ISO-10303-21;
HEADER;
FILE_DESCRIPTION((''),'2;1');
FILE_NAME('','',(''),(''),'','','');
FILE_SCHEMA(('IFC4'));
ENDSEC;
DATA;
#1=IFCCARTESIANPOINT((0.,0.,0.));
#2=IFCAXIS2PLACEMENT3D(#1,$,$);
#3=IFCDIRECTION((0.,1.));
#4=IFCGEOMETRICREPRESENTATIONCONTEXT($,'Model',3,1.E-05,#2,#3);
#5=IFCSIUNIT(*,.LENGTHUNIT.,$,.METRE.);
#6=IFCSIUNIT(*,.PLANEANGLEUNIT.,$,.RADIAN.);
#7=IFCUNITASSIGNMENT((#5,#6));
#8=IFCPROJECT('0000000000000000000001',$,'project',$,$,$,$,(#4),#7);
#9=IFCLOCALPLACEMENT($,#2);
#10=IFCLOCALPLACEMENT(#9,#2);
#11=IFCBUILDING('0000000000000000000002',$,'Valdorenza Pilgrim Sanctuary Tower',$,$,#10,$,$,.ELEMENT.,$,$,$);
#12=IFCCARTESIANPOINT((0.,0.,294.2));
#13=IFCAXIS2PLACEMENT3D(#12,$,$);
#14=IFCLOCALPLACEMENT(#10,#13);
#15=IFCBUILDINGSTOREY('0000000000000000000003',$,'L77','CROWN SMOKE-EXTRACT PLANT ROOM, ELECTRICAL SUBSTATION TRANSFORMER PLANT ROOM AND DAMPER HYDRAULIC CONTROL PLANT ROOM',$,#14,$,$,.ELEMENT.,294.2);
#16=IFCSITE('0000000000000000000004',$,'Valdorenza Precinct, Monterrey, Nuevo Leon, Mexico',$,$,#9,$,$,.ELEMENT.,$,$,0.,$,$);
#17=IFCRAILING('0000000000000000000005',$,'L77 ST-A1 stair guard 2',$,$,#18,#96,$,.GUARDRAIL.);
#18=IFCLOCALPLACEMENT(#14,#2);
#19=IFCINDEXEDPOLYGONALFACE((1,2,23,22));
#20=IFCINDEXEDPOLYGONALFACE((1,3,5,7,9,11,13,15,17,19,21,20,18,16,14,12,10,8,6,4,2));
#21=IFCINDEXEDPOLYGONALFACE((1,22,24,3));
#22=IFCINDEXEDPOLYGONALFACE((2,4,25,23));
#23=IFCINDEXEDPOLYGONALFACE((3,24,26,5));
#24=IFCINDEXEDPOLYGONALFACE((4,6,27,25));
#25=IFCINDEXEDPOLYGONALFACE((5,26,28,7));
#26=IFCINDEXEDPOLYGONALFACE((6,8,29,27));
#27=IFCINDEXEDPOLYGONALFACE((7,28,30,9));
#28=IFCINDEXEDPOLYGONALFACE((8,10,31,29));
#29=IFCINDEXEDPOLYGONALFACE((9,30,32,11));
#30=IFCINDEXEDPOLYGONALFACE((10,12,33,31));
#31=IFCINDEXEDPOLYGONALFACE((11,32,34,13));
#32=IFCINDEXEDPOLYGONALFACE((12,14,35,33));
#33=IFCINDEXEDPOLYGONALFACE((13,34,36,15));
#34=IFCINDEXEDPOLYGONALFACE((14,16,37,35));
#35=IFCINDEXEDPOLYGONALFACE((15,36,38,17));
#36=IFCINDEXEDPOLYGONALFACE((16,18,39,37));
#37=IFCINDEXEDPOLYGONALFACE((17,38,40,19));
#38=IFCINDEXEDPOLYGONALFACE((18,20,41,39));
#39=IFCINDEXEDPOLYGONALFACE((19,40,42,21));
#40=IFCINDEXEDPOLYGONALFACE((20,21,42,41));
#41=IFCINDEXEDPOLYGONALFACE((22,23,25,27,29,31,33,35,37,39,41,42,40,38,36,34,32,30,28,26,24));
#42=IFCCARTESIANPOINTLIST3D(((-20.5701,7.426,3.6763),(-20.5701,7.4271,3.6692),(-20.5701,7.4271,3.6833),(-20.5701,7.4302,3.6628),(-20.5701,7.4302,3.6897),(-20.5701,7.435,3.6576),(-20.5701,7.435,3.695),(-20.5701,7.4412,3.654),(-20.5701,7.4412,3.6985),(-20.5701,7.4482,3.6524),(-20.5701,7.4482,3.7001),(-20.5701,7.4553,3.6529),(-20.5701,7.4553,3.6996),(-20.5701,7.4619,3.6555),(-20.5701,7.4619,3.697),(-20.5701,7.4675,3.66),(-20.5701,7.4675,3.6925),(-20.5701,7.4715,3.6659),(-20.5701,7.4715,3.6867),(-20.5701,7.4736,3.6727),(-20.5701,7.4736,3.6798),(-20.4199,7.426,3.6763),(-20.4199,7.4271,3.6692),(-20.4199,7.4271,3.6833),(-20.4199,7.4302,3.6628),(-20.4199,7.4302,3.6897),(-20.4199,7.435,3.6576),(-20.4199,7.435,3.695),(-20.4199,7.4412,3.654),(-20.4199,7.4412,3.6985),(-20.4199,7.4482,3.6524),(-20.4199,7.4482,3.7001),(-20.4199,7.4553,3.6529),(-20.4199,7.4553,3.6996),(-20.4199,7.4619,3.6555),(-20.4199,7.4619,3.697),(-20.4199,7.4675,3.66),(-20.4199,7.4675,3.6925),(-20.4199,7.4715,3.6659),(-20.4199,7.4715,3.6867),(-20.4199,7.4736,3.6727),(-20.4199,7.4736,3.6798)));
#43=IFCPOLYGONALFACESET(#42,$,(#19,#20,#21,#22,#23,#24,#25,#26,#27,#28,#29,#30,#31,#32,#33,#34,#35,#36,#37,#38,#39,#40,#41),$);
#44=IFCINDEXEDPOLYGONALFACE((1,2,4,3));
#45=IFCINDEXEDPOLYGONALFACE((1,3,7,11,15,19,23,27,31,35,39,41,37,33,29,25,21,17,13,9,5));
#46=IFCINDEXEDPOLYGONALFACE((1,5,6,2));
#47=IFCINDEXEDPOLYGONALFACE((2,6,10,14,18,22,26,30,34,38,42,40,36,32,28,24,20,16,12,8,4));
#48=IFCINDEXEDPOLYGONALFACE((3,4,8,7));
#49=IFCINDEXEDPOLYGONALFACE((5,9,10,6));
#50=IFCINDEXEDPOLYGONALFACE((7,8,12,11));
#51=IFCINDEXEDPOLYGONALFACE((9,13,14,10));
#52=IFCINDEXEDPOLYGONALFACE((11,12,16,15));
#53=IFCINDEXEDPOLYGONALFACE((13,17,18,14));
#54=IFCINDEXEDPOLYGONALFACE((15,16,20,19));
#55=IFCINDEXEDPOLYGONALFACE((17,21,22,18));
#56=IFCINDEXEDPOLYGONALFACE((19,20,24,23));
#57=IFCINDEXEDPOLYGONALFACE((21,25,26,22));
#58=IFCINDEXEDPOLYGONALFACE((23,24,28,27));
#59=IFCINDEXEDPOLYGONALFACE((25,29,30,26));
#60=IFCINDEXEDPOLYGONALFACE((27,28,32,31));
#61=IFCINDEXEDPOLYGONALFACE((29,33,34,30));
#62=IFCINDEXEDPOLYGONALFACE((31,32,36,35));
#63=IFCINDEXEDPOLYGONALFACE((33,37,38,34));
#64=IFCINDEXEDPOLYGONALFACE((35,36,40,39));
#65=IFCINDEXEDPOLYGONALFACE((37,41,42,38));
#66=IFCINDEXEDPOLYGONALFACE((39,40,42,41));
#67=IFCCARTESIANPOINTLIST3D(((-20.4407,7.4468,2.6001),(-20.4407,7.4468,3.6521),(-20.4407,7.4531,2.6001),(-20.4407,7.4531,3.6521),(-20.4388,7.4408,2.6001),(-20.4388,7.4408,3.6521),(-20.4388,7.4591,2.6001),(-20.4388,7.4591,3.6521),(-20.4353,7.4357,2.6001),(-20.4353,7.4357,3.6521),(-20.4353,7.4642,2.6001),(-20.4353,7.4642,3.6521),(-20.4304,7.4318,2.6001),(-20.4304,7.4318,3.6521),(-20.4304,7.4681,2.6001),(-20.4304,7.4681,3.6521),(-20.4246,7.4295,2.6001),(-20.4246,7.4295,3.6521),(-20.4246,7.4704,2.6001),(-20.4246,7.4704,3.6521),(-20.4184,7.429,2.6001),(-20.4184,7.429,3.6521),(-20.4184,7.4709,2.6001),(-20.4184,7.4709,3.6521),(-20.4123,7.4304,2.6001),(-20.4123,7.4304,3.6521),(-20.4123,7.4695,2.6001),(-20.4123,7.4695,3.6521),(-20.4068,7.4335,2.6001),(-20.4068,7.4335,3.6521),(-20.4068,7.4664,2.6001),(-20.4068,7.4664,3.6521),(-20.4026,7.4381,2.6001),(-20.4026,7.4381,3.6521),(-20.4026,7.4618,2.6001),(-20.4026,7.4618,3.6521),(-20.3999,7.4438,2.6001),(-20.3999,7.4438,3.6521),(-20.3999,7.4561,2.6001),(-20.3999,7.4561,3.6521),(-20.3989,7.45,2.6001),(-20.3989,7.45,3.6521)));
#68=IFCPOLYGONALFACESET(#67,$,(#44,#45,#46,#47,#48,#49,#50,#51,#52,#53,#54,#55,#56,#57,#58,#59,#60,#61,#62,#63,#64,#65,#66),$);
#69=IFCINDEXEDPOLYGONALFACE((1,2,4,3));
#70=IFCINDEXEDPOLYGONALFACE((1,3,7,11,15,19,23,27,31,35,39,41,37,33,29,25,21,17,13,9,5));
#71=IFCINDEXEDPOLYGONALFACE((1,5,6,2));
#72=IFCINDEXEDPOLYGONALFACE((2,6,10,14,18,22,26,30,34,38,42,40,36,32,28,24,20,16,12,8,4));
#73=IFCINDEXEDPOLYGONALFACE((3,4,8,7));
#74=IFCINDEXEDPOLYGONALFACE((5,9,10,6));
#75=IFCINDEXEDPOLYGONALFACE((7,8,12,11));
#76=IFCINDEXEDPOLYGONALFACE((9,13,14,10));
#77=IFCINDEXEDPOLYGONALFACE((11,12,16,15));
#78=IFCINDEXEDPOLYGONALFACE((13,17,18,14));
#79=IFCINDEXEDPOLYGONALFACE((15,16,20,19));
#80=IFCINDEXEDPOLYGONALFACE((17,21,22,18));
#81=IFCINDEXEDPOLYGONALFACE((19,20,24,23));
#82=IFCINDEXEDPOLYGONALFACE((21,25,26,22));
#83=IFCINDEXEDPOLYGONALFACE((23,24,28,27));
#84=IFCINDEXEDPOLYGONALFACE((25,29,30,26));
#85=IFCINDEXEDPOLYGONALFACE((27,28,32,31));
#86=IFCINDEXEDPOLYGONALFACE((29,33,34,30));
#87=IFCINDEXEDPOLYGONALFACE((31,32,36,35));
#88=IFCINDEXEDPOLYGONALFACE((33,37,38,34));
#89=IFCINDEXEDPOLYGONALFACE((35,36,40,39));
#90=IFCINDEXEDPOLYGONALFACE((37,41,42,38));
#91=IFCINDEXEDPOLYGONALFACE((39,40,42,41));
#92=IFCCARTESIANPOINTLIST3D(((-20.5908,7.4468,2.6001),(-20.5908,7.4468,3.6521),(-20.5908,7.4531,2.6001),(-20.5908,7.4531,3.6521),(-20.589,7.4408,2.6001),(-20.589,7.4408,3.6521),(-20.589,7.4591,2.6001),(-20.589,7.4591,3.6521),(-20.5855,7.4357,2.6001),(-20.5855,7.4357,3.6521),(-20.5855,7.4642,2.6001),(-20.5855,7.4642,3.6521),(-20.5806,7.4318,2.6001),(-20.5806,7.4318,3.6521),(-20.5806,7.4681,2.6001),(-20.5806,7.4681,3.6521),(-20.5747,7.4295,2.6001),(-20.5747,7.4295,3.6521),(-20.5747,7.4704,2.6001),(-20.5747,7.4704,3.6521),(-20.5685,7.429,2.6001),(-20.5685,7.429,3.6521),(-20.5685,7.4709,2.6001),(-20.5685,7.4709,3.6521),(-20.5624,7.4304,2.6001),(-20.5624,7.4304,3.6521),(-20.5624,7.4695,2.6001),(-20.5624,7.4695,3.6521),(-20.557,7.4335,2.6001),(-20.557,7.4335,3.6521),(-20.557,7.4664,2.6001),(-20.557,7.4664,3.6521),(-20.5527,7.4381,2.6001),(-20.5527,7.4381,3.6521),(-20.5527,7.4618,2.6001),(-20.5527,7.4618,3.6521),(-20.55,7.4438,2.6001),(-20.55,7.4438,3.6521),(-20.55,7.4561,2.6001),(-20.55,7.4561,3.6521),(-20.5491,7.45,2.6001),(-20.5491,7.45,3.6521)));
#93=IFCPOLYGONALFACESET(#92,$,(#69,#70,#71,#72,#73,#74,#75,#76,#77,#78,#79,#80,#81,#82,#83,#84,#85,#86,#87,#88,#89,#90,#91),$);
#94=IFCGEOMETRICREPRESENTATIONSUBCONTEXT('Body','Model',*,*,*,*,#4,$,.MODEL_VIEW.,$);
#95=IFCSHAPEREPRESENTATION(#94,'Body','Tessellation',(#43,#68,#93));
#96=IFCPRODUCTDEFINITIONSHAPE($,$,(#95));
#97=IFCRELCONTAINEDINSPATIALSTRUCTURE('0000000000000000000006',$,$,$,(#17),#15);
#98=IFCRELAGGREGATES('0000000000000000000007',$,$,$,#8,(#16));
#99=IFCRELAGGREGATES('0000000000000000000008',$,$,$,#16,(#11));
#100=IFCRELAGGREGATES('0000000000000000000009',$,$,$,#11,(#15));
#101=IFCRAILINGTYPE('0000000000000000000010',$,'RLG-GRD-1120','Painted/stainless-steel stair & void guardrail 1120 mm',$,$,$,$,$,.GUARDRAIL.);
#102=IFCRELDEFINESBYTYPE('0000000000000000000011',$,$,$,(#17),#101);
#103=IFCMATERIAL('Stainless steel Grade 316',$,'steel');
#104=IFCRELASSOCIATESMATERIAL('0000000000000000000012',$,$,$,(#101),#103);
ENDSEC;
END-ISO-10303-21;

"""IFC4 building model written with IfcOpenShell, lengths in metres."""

from ifc_helpers import new_model, si_unit, direction, frame, origin, origin_2d, place, context, subcontext, project, spatial, circle, extrude, material, type_object, element, save


model = new_model("IFC4")

# Units and contexts
model_context = context("Model", 3, precision=1e-05, world=origin(), true_north=direction((0.0, 1.0)))
body_context = subcontext(model_context, "Body", "Model", "MODEL_VIEW")
ifc_project = project(units=[si_unit("LENGTHUNIT", "METRE"), si_unit("PLANEANGLEUNIT", "RADIAN")], contexts=[model_context])

# Site, building, storey
site_placement = place(None, origin())
site = spatial("IfcSite", under=ifc_project, at=site_placement, Name="Valdorenza Precinct, Monterrey, Nuevo Leon, Mexico", CompositionType="ELEMENT", RefElevation=0.0)
building_placement = place(site_placement, origin())
building = spatial("IfcBuilding", under=site, at=building_placement, Name="Valdorenza Pilgrim Sanctuary Tower", CompositionType="ELEMENT")
storey_placement = place(building_placement, frame((0.0, 0.0, 294.2)))
storey = spatial("IfcBuildingStorey", under=building, at=storey_placement, Name="L77", Description="CROWN SMOKE-EXTRACT PLANT ROOM, ELECTRICAL SUBSTATION TRANSFORMER PLANT ROOM AND DAMPER HYDRAULIC CONTROL PLANT ROOM", CompositionType="ELEMENT", Elevation=294.2)

# Railing
ifc_material_1 = material(Name="Stainless steel Grade 316", Category="steel")
railing_type_1 = type_object("IfcRailingType", Name="RLG-GRD-1120", Description="Painted/stainless-steel stair & void guardrail 1120 mm", PredefinedType="GUARDRAIL", material=ifc_material_1)
railing_1_placement = place(storey_placement, frame((-20.4199, 7.45, 2.6001)))
element("IfcRailing", 1, at=railing_1_placement, inside=storey, type_object=railing_type_1, Name="L77 ST-A1 stair guard 2", PredefinedType="GUARDRAIL", context=body_context, shape_type="SweptSolid", body=[
    extrude(circle(Radius=0.0239, at=origin_2d()), frame((0.0, 0.0, 1.0762), z_axis=(-1.0, 0.0, 0.0), x_axis=(0.0, -1.0, 0.0)), (0.0, 0.0, 1.0), 0.1501),
    extrude(circle(Radius=0.021, at=origin_2d()), origin(), (0.0, 0.0, 1.0), 1.052),
    extrude(circle(Radius=0.021, at=origin_2d()), frame((-0.1501, 0.0, 0.0)), (0.0, 0.0, 1.0), 1.052),
])

save(model, "model.ifc")
